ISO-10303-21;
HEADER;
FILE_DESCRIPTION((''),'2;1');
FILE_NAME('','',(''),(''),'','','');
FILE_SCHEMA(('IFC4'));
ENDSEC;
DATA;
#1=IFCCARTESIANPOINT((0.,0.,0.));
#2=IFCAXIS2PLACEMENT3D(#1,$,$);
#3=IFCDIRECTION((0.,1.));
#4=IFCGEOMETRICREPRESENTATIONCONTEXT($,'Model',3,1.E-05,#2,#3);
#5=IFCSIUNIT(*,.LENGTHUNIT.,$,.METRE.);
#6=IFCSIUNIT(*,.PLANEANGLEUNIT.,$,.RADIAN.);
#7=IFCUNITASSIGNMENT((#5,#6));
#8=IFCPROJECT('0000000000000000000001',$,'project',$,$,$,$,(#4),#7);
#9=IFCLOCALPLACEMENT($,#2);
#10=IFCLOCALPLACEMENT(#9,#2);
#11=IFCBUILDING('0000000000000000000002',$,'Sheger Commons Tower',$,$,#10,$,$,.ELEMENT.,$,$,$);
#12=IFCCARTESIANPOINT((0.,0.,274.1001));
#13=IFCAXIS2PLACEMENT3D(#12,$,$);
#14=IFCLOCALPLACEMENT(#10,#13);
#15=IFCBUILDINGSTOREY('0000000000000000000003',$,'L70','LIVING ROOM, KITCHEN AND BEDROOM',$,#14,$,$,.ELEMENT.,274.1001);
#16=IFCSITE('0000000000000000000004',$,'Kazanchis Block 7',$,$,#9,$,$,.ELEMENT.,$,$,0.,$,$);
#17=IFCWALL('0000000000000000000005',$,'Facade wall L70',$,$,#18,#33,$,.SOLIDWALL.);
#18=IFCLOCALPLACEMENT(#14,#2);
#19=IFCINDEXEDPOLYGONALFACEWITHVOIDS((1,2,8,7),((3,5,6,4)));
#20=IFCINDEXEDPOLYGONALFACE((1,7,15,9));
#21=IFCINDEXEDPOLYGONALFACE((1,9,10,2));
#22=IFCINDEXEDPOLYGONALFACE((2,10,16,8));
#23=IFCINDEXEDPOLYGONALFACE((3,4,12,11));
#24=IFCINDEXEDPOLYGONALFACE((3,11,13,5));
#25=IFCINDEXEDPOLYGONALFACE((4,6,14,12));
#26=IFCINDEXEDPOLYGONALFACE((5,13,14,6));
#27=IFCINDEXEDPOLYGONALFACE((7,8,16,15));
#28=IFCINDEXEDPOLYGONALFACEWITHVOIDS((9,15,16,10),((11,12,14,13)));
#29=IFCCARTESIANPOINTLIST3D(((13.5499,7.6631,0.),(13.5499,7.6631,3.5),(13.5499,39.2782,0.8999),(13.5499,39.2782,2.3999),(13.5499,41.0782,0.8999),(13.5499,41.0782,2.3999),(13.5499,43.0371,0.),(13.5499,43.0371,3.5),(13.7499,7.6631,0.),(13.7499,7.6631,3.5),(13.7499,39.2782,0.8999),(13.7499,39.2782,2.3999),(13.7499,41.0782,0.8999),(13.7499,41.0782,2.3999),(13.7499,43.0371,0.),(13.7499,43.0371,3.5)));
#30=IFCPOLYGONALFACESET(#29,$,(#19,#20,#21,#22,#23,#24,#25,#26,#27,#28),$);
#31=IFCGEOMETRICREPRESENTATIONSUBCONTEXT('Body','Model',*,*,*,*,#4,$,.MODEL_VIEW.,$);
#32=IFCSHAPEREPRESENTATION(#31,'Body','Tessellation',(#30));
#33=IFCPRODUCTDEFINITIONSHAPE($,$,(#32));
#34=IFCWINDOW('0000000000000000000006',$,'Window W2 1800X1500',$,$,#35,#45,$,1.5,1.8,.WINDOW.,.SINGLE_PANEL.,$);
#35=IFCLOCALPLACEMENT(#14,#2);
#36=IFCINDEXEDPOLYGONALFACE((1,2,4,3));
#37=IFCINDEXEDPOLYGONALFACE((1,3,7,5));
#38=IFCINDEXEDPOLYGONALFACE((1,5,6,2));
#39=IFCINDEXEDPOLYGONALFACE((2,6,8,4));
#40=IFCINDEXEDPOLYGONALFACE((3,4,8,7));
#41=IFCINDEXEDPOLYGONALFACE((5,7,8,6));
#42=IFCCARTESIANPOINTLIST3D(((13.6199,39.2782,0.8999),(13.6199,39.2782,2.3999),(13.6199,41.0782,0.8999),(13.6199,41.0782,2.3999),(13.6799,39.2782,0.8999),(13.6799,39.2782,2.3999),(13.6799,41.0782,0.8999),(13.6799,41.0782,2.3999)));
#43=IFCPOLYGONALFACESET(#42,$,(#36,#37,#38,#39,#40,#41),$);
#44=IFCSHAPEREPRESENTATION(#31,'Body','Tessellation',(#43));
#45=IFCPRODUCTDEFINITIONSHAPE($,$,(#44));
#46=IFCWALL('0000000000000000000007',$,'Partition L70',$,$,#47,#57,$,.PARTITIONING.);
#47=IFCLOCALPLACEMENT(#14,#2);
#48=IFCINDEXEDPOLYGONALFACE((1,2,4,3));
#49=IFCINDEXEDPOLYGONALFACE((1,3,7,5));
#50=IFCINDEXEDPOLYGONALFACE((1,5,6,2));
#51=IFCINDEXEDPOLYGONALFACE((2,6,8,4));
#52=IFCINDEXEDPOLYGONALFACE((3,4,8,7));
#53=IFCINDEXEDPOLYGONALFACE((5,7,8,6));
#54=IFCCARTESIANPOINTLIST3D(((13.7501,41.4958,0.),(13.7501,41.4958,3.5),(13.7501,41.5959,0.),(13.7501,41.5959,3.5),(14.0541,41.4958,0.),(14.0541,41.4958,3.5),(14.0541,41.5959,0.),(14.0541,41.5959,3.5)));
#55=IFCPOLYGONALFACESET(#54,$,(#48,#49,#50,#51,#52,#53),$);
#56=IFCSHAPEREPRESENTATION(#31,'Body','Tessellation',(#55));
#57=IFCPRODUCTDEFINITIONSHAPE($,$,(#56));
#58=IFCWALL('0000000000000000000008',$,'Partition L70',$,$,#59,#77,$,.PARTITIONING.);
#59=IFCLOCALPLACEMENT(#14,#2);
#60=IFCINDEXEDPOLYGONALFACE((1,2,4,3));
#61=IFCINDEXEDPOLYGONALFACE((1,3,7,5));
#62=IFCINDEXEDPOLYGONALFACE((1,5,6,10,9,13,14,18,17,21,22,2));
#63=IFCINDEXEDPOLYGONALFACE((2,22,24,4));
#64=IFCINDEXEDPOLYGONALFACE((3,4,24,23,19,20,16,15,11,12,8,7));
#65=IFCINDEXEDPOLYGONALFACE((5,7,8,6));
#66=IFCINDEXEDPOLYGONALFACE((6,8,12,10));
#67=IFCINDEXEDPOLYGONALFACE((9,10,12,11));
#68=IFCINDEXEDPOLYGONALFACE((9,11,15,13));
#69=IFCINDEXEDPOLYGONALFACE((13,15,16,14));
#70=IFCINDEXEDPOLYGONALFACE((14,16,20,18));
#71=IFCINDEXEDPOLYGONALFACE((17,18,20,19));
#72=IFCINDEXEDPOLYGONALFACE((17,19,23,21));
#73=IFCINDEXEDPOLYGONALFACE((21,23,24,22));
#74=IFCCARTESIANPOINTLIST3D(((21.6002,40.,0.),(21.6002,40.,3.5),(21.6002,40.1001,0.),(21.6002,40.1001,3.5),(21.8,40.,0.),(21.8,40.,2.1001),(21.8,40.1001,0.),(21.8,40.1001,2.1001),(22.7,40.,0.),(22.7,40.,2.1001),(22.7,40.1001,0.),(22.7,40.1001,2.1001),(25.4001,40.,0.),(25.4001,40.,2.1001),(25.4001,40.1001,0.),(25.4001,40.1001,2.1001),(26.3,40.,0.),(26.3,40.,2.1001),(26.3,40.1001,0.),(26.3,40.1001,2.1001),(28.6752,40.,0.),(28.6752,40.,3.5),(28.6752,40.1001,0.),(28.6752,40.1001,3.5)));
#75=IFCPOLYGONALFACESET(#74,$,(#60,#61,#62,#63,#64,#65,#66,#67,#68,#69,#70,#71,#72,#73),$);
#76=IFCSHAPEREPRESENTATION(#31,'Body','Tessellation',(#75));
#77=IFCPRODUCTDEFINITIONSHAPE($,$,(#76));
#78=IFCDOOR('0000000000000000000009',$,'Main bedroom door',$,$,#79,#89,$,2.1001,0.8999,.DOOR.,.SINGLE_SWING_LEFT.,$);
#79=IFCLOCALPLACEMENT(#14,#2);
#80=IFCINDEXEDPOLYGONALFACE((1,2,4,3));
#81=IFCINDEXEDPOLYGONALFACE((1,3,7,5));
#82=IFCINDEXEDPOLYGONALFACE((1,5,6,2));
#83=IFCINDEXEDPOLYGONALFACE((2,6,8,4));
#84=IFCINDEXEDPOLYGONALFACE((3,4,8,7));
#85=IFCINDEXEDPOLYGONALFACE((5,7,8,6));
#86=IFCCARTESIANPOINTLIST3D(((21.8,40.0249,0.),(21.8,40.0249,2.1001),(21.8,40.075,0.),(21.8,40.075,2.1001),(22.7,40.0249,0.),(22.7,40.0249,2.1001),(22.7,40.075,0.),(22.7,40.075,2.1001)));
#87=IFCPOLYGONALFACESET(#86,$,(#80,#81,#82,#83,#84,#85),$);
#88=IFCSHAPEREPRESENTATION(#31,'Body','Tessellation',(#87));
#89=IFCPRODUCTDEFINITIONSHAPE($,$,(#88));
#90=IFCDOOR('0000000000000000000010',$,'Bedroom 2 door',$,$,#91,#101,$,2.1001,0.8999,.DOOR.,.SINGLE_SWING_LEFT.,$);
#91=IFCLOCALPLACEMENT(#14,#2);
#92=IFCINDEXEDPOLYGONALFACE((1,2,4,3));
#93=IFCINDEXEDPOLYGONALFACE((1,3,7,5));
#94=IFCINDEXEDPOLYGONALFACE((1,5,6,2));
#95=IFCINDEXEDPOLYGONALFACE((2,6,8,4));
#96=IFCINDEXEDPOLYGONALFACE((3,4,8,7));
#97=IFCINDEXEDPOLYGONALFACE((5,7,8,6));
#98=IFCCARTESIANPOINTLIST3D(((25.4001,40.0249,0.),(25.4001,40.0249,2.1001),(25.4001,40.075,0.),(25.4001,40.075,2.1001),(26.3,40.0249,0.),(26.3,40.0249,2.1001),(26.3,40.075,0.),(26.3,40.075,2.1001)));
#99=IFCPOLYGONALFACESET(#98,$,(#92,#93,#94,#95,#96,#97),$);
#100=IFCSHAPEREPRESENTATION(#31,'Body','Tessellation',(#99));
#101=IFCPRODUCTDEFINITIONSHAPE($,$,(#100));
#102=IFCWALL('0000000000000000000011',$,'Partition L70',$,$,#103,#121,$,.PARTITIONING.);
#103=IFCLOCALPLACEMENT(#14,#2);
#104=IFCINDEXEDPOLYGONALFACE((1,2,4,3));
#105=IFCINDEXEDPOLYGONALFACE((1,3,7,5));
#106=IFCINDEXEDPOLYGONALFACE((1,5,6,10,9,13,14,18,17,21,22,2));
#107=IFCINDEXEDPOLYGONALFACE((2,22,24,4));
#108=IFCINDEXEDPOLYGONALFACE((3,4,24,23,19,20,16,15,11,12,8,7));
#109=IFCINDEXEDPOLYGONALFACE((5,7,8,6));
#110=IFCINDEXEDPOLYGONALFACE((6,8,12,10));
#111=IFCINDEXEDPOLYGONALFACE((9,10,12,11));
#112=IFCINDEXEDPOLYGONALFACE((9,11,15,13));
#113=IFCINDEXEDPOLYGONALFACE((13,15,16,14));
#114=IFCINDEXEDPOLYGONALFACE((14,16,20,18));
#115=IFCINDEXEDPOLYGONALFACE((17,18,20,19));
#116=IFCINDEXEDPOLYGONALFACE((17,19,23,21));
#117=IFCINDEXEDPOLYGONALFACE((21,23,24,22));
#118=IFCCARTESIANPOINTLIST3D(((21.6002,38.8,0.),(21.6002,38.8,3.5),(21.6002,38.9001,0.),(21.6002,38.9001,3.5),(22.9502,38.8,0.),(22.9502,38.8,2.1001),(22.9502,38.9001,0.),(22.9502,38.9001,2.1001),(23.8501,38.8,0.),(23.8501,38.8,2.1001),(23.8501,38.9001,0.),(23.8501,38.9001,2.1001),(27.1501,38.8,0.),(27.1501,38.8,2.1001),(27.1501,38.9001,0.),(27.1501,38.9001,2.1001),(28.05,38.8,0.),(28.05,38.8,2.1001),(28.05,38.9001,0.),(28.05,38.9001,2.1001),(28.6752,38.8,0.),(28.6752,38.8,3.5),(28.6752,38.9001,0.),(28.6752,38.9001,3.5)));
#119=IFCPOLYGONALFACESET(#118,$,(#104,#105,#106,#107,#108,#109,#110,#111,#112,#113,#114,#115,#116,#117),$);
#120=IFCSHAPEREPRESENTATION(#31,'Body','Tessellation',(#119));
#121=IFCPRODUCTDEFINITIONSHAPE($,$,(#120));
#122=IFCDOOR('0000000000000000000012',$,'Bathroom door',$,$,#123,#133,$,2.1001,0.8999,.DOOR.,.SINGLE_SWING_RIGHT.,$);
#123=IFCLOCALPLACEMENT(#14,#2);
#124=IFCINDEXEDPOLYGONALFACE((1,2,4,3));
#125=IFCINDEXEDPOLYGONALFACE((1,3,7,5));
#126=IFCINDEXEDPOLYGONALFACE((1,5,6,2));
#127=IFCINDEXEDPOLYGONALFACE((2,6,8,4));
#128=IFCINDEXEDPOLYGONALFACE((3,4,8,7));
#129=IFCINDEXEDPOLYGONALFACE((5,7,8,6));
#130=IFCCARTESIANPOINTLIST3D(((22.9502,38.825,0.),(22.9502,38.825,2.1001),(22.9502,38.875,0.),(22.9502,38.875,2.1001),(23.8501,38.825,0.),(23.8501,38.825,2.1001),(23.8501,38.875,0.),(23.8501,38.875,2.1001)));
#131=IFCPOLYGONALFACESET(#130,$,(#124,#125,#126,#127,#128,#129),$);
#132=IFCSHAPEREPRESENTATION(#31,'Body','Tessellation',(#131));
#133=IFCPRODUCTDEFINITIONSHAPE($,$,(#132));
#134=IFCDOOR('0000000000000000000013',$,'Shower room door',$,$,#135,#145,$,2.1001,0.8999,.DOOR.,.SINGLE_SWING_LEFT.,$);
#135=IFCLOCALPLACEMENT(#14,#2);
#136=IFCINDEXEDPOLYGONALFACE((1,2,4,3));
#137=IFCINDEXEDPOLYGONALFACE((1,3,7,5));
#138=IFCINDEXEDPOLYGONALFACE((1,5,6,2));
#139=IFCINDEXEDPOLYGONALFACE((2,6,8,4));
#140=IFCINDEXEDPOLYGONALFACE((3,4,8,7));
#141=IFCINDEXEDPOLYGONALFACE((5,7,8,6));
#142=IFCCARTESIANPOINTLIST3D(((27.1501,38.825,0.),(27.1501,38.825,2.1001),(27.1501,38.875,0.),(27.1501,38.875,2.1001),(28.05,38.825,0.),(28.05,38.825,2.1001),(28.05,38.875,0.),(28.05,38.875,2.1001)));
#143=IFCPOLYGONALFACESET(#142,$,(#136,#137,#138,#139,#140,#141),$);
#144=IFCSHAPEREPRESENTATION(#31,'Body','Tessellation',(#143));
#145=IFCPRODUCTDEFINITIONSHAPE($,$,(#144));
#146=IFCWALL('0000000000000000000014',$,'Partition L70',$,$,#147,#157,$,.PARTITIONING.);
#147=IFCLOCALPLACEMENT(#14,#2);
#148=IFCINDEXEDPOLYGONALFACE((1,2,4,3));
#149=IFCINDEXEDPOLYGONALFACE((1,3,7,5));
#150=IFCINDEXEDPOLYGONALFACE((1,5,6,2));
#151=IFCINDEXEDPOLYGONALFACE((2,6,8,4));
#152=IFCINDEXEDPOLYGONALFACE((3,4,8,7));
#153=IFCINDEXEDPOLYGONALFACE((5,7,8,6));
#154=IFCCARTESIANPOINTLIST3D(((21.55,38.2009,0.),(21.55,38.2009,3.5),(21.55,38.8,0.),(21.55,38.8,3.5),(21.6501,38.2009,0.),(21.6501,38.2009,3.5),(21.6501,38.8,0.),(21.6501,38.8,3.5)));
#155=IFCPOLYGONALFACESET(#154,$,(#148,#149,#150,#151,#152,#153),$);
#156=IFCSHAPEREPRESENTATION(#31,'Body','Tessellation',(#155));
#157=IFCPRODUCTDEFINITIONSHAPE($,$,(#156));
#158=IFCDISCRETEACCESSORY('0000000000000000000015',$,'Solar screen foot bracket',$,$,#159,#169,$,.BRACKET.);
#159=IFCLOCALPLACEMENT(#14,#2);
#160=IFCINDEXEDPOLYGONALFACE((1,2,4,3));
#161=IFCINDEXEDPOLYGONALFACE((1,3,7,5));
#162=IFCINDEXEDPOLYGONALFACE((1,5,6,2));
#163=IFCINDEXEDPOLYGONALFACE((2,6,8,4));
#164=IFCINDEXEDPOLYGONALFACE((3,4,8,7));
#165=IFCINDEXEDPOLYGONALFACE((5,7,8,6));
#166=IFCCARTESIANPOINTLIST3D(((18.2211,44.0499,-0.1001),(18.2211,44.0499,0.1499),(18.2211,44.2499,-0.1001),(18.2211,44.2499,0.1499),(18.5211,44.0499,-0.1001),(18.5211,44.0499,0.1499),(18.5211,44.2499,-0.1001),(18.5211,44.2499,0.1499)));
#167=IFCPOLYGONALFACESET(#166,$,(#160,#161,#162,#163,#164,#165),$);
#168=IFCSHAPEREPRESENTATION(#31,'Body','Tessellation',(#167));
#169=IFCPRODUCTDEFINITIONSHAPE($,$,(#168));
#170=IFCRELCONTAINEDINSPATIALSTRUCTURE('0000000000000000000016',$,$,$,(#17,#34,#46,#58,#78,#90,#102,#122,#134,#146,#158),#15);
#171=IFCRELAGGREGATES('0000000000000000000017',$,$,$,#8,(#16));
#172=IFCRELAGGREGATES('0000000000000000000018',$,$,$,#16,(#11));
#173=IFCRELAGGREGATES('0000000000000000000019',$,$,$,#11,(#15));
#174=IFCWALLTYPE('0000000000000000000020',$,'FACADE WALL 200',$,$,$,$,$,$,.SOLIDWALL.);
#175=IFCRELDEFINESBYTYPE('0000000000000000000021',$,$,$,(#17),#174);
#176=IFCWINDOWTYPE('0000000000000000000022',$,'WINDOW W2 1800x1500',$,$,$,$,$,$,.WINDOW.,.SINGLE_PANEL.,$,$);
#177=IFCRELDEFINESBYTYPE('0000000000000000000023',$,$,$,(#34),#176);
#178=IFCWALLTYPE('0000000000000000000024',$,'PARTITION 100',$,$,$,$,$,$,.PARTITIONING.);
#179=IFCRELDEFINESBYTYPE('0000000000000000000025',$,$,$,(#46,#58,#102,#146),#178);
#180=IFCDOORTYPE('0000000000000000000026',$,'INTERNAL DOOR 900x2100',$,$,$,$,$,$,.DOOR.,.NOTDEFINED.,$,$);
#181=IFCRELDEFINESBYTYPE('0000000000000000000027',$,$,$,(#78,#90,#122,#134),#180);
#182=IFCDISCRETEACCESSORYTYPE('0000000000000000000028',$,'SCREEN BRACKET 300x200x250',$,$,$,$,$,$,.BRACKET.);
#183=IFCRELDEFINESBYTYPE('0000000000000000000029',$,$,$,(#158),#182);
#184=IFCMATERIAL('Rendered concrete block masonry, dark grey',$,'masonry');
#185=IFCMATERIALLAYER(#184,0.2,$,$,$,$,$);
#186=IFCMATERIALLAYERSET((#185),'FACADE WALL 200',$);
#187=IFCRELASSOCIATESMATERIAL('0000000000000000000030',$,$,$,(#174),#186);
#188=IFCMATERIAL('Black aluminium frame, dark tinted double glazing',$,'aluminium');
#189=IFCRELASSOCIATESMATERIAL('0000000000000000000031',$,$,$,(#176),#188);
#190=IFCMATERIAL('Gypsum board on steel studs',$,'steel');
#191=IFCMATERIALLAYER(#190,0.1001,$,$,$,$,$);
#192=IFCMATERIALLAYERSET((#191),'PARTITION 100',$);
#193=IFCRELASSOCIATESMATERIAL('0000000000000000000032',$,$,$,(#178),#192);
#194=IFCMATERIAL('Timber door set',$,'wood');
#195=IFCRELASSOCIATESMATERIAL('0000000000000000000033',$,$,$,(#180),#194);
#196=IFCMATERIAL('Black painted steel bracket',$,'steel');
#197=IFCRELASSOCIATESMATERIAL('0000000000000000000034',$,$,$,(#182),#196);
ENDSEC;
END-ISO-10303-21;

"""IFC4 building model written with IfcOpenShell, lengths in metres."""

from ifc_helpers import new_model, si_unit, direction, frame, frame_2d, origin, origin_2d, place, context, subcontext, project, spatial, rectangle, extrude, material, layer, layer_set, type_object, element, fill, save


model = new_model("IFC4")

# Units and contexts
model_context = context("Model", 3, precision=1e-05, world=origin(), true_north=direction((0.0, 1.0)))
body_context = subcontext(model_context, "Body", "Model", "MODEL_VIEW")
ifc_project = project(units=[si_unit("LENGTHUNIT", "METRE"), si_unit("PLANEANGLEUNIT", "RADIAN")], contexts=[model_context])

# Site, building, storey
site_placement = place(None, origin())
site = spatial("IfcSite", under=ifc_project, at=site_placement, Name="Kazanchis Block 7", CompositionType="ELEMENT", RefElevation=0.0)
building_placement = place(site_placement, origin())
building = spatial("IfcBuilding", under=site, at=building_placement, Name="Sheger Commons Tower", CompositionType="ELEMENT")
storey_placement = place(building_placement, frame((0.0, 0.0, 274.1001)))
storey = spatial("IfcBuildingStorey", under=building, at=storey_placement, Name="L70", Description="LIVING ROOM, KITCHEN AND BEDROOM", CompositionType="ELEMENT", Elevation=274.1001)

# Shared definitions
ifc_material_1 = material(Name="Rendered concrete block masonry, dark grey", Category="masonry")
ifc_layer_1 = layer(ifc_material_1, 0.2)
ifc_layer_set_1 = layer_set([ifc_layer_1], Name="FACADE WALL 200")
wall_type_1 = type_object("IfcWallType", Name="FACADE WALL 200", PredefinedType="SOLIDWALL", material=ifc_layer_set_1)

# Wall, opening, window
wall_1_placement = place(storey_placement, frame((13.6499, 43.0371, 0.0), z_axis=(0.0, 0.0, 1.0), x_axis=(0.0, -1.0, 0.0)))
wall_1 = element("IfcWall", 1, at=wall_1_placement, inside=storey, type_object=wall_type_1, Name="Facade wall L70", PredefinedType="SOLIDWALL", context=body_context, shape_type="SweptSolid", body=[
    extrude(rectangle(XDim=35.374, YDim=0.2, at=frame_2d((17.687, 0.0))), origin(), (0.0, 0.0, 1.0), 3.5),
])
opening_1_placement = place(wall_1_placement, frame((1.959, 0.0, 0.8999)))
opening_1 = element("IfcOpeningElement", 2, at=opening_1_placement, cuts=wall_1, PredefinedType="OPENING", context=body_context, shape_type="SweptSolid", body=[
    extrude(rectangle(XDim=1.8, YDim=1.5, at=frame_2d((0.8999, 0.75))), frame((0.0, 0.1099, 0.0), z_axis=(0.0, -1.0, 0.0), x_axis=(1.0, 0.0, 0.0)), (0.0, 0.0, 1.0), 0.22),
])
ifc_material_2 = material(Name="Black aluminium frame, dark tinted double glazing", Category="aluminium")
window_type = type_object("IfcWindowType", Name="WINDOW W2 1800x1500", PartitioningType="SINGLE_PANEL", PredefinedType="WINDOW", material=ifc_material_2)
window_placement = place(opening_1_placement, origin())
window = element("IfcWindow", 3, at=window_placement, inside=storey, type_object=window_type, Name="Window W2 1800X1500", OverallHeight=1.5, OverallWidth=1.8, PartitioningType="SINGLE_PANEL", PredefinedType="WINDOW", context=body_context, shape_type="SweptSolid", body=[
    extrude(rectangle(XDim=1.8, YDim=1.5, at=frame_2d((0.8999, 0.75))), frame((0.0, 0.03, 0.0), z_axis=(0.0, -1.0, 0.0), x_axis=(1.0, 0.0, 0.0)), (0.0, 0.0, 1.0), 0.0601),
])
fill(opening_1, window)

# Wall
ifc_material_3 = material(Name="Gypsum board on steel studs", Category="steel")
ifc_layer_2 = layer(ifc_material_3, 0.1001)
ifc_layer_set_2 = layer_set([ifc_layer_2], Name="PARTITION 100")
wall_type_2 = type_object("IfcWallType", Name="PARTITION 100", PredefinedType="PARTITIONING", material=ifc_layer_set_2)
wall_2_placement = place(storey_placement, frame((14.054, 41.5459, 0.0), z_axis=(0.0, 0.0, 1.0), x_axis=(-1.0, 0.0, 0.0)))
element("IfcWall", 4, at=wall_2_placement, inside=storey, type_object=wall_type_2, Name="Partition L70", PredefinedType="PARTITIONING", context=body_context, shape_type="SweptSolid", body=[
    extrude(rectangle(XDim=0.304, YDim=0.1001, at=frame_2d((0.1519, 0.0))), origin(), (0.0, 0.0, 1.0), 3.5),
])

# Walls, openings, doors
wall_3_placement = place(storey_placement, frame((21.6001, 40.05, 0.0), z_axis=(0.0, 0.0, 1.0), x_axis=(1.0, 0.0, 0.0)))
wall_3 = element("IfcWall", 5, at=wall_3_placement, inside=storey, type_object=wall_type_2, Name="Partition L70", PredefinedType="PARTITIONING", context=body_context, shape_type="SweptSolid", body=[
    extrude(rectangle(XDim=7.075, YDim=0.1001, at=frame_2d((3.5376, 0.0))), origin(), (0.0, 0.0, 1.0), 3.5),
])
opening_2_placement = place(wall_3_placement, frame((0.2, 0.0, 0.0)))
opening_2 = element("IfcOpeningElement", 6, at=opening_2_placement, cuts=wall_3, PredefinedType="OPENING", context=body_context, shape_type="SweptSolid", body=[
    extrude(rectangle(XDim=0.8999, YDim=2.1001, at=frame_2d((0.45, 1.05))), frame((0.0, 0.0601, 0.0), z_axis=(0.0, -1.0, 0.0), x_axis=(1.0, 0.0, 0.0)), (0.0, 0.0, 1.0), 0.1201),
])
opening_3_placement = place(wall_3_placement, frame((3.8, 0.0, 0.0)))
opening_3 = element("IfcOpeningElement", 7, at=opening_3_placement, cuts=wall_3, PredefinedType="OPENING", context=body_context, shape_type="SweptSolid", body=[
    extrude(rectangle(XDim=0.8999, YDim=2.1001, at=frame_2d((0.45, 1.05))), frame((0.0, 0.0601, 0.0), z_axis=(0.0, -1.0, 0.0), x_axis=(1.0, 0.0, 0.0)), (0.0, 0.0, 1.0), 0.1201),
])
ifc_material_4 = material(Name="Timber door set", Category="wood")
door_type_1 = type_object("IfcDoorType", Name="INTERNAL DOOR 900x2100", OperationType="NOTDEFINED", PredefinedType="DOOR", material=ifc_material_4)
door_1_placement = place(opening_2_placement, origin())
door_1 = element("IfcDoor", 8, at=door_1_placement, inside=storey, type_object=door_type_1, Name="Main bedroom door", OperationType="SINGLE_SWING_LEFT", OverallHeight=2.1001, OverallWidth=0.8999, PredefinedType="DOOR", context=body_context, shape_type="SweptSolid", body=[
    extrude(rectangle(XDim=0.8999, YDim=2.1001, at=frame_2d((0.45, 1.05))), frame((0.0, 0.0249, 0.0), z_axis=(0.0, -1.0, 0.0), x_axis=(1.0, 0.0, 0.0)), (0.0, 0.0, 1.0), 0.05),
])
fill(opening_2, door_1)
door_2_placement = place(opening_3_placement, origin())
door_2 = element("IfcDoor", 9, at=door_2_placement, inside=storey, type_object=door_type_1, Name="Bedroom 2 door", OperationType="SINGLE_SWING_LEFT", OverallHeight=2.1001, OverallWidth=0.8999, PredefinedType="DOOR", context=body_context, shape_type="SweptSolid", body=[
    extrude(rectangle(XDim=0.8999, YDim=2.1001, at=frame_2d((0.45, 1.05))), frame((0.0, 0.0249, 0.0), z_axis=(0.0, -1.0, 0.0), x_axis=(1.0, 0.0, 0.0)), (0.0, 0.0, 1.0), 0.05),
])
fill(opening_3, door_2)
wall_4_placement = place(storey_placement, frame((21.6001, 38.8501, 0.0), z_axis=(0.0, 0.0, 1.0), x_axis=(1.0, 0.0, 0.0)))
wall_4 = element("IfcWall", 10, at=wall_4_placement, inside=storey, type_object=wall_type_2, Name="Partition L70", PredefinedType="PARTITIONING", context=body_context, shape_type="SweptSolid", body=[
    extrude(rectangle(XDim=7.075, YDim=0.1001, at=frame_2d((3.5376, 0.0))), origin(), (0.0, 0.0, 1.0), 3.5),
])
opening_4_placement = place(wall_4_placement, frame((1.3501, 0.0, 0.0)))
opening_4 = element("IfcOpeningElement", 11, at=opening_4_placement, cuts=wall_4, PredefinedType="OPENING", context=body_context, shape_type="SweptSolid", body=[
    extrude(rectangle(XDim=0.8999, YDim=2.1001, at=frame_2d((0.45, 1.05))), frame((0.0, 0.0601, 0.0), z_axis=(0.0, -1.0, 0.0), x_axis=(1.0, 0.0, 0.0)), (0.0, 0.0, 1.0), 0.1201),
])
opening_5_placement = place(wall_4_placement, frame((5.55, 0.0, 0.0)))
opening_5 = element("IfcOpeningElement", 12, at=opening_5_placement, cuts=wall_4, PredefinedType="OPENING", context=body_context, shape_type="SweptSolid", body=[
    extrude(rectangle(XDim=0.8999, YDim=2.1001, at=frame_2d((0.45, 1.05))), frame((0.0, 0.0601, 0.0), z_axis=(0.0, -1.0, 0.0), x_axis=(1.0, 0.0, 0.0)), (0.0, 0.0, 1.0), 0.1201),
])
door_3_placement = place(opening_4_placement, origin())
door_3 = element("IfcDoor", 13, at=door_3_placement, inside=storey, type_object=door_type_1, Name="Bathroom door", OperationType="SINGLE_SWING_RIGHT", OverallHeight=2.1001, OverallWidth=0.8999, PredefinedType="DOOR", context=body_context, shape_type="SweptSolid", body=[
    extrude(rectangle(XDim=0.8999, YDim=2.1001, at=frame_2d((0.45, 1.05))), frame((0.0, 0.0249, 0.0), z_axis=(0.0, -1.0, 0.0), x_axis=(1.0, 0.0, 0.0)), (0.0, 0.0, 1.0), 0.05),
])
fill(opening_4, door_3)
door_4_placement = place(opening_5_placement, origin())
door_4 = element("IfcDoor", 14, at=door_4_placement, inside=storey, type_object=door_type_1, Name="Shower room door", OperationType="SINGLE_SWING_LEFT", OverallHeight=2.1001, OverallWidth=0.8999, PredefinedType="DOOR", context=body_context, shape_type="SweptSolid", body=[
    extrude(rectangle(XDim=0.8999, YDim=2.1001, at=frame_2d((0.45, 1.05))), frame((0.0, 0.0249, 0.0), z_axis=(0.0, -1.0, 0.0), x_axis=(1.0, 0.0, 0.0)), (0.0, 0.0, 1.0), 0.05),
])
fill(opening_5, door_4)

# Wall
wall_5_placement = place(storey_placement, frame((21.6001, 38.2009, 0.0), z_axis=(0.0, 0.0, 1.0), x_axis=(0.0, 1.0, 0.0)))
element("IfcWall", 15, at=wall_5_placement, inside=storey, type_object=wall_type_2, Name="Partition L70", PredefinedType="PARTITIONING", context=body_context, shape_type="SweptSolid", body=[
    extrude(rectangle(XDim=0.5991, YDim=0.1001, at=frame_2d((0.2996, 0.0))), origin(), (0.0, 0.0, 1.0), 3.5),
])

# Discrete accessory
ifc_material_5 = material(Name="Black painted steel bracket", Category="steel")
discrete_accessory_type = type_object("IfcDiscreteAccessoryType", Name="SCREEN BRACKET 300x200x250", PredefinedType="BRACKET", material=ifc_material_5)
for number, where, z_axis, x_axis, name in (
    (16, (18.3711, 44.1499, -0.1001), (0.0, 0.0, 1.0), (-1.0, 0.0, 0.0), "Solar screen foot bracket"),
):
    element("IfcDiscreteAccessory", number, at=place(storey_placement, frame(where, z_axis=z_axis, x_axis=x_axis)), inside=storey, type_object=discrete_accessory_type, Name=name, PredefinedType="BRACKET", context=body_context, shape_type="SweptSolid", body=[
        extrude(rectangle(XDim=0.3, YDim=0.2, at=origin_2d()), origin(), (0.0, 0.0, 1.0), 0.25),
    ])

save(model, "model.ifc")
